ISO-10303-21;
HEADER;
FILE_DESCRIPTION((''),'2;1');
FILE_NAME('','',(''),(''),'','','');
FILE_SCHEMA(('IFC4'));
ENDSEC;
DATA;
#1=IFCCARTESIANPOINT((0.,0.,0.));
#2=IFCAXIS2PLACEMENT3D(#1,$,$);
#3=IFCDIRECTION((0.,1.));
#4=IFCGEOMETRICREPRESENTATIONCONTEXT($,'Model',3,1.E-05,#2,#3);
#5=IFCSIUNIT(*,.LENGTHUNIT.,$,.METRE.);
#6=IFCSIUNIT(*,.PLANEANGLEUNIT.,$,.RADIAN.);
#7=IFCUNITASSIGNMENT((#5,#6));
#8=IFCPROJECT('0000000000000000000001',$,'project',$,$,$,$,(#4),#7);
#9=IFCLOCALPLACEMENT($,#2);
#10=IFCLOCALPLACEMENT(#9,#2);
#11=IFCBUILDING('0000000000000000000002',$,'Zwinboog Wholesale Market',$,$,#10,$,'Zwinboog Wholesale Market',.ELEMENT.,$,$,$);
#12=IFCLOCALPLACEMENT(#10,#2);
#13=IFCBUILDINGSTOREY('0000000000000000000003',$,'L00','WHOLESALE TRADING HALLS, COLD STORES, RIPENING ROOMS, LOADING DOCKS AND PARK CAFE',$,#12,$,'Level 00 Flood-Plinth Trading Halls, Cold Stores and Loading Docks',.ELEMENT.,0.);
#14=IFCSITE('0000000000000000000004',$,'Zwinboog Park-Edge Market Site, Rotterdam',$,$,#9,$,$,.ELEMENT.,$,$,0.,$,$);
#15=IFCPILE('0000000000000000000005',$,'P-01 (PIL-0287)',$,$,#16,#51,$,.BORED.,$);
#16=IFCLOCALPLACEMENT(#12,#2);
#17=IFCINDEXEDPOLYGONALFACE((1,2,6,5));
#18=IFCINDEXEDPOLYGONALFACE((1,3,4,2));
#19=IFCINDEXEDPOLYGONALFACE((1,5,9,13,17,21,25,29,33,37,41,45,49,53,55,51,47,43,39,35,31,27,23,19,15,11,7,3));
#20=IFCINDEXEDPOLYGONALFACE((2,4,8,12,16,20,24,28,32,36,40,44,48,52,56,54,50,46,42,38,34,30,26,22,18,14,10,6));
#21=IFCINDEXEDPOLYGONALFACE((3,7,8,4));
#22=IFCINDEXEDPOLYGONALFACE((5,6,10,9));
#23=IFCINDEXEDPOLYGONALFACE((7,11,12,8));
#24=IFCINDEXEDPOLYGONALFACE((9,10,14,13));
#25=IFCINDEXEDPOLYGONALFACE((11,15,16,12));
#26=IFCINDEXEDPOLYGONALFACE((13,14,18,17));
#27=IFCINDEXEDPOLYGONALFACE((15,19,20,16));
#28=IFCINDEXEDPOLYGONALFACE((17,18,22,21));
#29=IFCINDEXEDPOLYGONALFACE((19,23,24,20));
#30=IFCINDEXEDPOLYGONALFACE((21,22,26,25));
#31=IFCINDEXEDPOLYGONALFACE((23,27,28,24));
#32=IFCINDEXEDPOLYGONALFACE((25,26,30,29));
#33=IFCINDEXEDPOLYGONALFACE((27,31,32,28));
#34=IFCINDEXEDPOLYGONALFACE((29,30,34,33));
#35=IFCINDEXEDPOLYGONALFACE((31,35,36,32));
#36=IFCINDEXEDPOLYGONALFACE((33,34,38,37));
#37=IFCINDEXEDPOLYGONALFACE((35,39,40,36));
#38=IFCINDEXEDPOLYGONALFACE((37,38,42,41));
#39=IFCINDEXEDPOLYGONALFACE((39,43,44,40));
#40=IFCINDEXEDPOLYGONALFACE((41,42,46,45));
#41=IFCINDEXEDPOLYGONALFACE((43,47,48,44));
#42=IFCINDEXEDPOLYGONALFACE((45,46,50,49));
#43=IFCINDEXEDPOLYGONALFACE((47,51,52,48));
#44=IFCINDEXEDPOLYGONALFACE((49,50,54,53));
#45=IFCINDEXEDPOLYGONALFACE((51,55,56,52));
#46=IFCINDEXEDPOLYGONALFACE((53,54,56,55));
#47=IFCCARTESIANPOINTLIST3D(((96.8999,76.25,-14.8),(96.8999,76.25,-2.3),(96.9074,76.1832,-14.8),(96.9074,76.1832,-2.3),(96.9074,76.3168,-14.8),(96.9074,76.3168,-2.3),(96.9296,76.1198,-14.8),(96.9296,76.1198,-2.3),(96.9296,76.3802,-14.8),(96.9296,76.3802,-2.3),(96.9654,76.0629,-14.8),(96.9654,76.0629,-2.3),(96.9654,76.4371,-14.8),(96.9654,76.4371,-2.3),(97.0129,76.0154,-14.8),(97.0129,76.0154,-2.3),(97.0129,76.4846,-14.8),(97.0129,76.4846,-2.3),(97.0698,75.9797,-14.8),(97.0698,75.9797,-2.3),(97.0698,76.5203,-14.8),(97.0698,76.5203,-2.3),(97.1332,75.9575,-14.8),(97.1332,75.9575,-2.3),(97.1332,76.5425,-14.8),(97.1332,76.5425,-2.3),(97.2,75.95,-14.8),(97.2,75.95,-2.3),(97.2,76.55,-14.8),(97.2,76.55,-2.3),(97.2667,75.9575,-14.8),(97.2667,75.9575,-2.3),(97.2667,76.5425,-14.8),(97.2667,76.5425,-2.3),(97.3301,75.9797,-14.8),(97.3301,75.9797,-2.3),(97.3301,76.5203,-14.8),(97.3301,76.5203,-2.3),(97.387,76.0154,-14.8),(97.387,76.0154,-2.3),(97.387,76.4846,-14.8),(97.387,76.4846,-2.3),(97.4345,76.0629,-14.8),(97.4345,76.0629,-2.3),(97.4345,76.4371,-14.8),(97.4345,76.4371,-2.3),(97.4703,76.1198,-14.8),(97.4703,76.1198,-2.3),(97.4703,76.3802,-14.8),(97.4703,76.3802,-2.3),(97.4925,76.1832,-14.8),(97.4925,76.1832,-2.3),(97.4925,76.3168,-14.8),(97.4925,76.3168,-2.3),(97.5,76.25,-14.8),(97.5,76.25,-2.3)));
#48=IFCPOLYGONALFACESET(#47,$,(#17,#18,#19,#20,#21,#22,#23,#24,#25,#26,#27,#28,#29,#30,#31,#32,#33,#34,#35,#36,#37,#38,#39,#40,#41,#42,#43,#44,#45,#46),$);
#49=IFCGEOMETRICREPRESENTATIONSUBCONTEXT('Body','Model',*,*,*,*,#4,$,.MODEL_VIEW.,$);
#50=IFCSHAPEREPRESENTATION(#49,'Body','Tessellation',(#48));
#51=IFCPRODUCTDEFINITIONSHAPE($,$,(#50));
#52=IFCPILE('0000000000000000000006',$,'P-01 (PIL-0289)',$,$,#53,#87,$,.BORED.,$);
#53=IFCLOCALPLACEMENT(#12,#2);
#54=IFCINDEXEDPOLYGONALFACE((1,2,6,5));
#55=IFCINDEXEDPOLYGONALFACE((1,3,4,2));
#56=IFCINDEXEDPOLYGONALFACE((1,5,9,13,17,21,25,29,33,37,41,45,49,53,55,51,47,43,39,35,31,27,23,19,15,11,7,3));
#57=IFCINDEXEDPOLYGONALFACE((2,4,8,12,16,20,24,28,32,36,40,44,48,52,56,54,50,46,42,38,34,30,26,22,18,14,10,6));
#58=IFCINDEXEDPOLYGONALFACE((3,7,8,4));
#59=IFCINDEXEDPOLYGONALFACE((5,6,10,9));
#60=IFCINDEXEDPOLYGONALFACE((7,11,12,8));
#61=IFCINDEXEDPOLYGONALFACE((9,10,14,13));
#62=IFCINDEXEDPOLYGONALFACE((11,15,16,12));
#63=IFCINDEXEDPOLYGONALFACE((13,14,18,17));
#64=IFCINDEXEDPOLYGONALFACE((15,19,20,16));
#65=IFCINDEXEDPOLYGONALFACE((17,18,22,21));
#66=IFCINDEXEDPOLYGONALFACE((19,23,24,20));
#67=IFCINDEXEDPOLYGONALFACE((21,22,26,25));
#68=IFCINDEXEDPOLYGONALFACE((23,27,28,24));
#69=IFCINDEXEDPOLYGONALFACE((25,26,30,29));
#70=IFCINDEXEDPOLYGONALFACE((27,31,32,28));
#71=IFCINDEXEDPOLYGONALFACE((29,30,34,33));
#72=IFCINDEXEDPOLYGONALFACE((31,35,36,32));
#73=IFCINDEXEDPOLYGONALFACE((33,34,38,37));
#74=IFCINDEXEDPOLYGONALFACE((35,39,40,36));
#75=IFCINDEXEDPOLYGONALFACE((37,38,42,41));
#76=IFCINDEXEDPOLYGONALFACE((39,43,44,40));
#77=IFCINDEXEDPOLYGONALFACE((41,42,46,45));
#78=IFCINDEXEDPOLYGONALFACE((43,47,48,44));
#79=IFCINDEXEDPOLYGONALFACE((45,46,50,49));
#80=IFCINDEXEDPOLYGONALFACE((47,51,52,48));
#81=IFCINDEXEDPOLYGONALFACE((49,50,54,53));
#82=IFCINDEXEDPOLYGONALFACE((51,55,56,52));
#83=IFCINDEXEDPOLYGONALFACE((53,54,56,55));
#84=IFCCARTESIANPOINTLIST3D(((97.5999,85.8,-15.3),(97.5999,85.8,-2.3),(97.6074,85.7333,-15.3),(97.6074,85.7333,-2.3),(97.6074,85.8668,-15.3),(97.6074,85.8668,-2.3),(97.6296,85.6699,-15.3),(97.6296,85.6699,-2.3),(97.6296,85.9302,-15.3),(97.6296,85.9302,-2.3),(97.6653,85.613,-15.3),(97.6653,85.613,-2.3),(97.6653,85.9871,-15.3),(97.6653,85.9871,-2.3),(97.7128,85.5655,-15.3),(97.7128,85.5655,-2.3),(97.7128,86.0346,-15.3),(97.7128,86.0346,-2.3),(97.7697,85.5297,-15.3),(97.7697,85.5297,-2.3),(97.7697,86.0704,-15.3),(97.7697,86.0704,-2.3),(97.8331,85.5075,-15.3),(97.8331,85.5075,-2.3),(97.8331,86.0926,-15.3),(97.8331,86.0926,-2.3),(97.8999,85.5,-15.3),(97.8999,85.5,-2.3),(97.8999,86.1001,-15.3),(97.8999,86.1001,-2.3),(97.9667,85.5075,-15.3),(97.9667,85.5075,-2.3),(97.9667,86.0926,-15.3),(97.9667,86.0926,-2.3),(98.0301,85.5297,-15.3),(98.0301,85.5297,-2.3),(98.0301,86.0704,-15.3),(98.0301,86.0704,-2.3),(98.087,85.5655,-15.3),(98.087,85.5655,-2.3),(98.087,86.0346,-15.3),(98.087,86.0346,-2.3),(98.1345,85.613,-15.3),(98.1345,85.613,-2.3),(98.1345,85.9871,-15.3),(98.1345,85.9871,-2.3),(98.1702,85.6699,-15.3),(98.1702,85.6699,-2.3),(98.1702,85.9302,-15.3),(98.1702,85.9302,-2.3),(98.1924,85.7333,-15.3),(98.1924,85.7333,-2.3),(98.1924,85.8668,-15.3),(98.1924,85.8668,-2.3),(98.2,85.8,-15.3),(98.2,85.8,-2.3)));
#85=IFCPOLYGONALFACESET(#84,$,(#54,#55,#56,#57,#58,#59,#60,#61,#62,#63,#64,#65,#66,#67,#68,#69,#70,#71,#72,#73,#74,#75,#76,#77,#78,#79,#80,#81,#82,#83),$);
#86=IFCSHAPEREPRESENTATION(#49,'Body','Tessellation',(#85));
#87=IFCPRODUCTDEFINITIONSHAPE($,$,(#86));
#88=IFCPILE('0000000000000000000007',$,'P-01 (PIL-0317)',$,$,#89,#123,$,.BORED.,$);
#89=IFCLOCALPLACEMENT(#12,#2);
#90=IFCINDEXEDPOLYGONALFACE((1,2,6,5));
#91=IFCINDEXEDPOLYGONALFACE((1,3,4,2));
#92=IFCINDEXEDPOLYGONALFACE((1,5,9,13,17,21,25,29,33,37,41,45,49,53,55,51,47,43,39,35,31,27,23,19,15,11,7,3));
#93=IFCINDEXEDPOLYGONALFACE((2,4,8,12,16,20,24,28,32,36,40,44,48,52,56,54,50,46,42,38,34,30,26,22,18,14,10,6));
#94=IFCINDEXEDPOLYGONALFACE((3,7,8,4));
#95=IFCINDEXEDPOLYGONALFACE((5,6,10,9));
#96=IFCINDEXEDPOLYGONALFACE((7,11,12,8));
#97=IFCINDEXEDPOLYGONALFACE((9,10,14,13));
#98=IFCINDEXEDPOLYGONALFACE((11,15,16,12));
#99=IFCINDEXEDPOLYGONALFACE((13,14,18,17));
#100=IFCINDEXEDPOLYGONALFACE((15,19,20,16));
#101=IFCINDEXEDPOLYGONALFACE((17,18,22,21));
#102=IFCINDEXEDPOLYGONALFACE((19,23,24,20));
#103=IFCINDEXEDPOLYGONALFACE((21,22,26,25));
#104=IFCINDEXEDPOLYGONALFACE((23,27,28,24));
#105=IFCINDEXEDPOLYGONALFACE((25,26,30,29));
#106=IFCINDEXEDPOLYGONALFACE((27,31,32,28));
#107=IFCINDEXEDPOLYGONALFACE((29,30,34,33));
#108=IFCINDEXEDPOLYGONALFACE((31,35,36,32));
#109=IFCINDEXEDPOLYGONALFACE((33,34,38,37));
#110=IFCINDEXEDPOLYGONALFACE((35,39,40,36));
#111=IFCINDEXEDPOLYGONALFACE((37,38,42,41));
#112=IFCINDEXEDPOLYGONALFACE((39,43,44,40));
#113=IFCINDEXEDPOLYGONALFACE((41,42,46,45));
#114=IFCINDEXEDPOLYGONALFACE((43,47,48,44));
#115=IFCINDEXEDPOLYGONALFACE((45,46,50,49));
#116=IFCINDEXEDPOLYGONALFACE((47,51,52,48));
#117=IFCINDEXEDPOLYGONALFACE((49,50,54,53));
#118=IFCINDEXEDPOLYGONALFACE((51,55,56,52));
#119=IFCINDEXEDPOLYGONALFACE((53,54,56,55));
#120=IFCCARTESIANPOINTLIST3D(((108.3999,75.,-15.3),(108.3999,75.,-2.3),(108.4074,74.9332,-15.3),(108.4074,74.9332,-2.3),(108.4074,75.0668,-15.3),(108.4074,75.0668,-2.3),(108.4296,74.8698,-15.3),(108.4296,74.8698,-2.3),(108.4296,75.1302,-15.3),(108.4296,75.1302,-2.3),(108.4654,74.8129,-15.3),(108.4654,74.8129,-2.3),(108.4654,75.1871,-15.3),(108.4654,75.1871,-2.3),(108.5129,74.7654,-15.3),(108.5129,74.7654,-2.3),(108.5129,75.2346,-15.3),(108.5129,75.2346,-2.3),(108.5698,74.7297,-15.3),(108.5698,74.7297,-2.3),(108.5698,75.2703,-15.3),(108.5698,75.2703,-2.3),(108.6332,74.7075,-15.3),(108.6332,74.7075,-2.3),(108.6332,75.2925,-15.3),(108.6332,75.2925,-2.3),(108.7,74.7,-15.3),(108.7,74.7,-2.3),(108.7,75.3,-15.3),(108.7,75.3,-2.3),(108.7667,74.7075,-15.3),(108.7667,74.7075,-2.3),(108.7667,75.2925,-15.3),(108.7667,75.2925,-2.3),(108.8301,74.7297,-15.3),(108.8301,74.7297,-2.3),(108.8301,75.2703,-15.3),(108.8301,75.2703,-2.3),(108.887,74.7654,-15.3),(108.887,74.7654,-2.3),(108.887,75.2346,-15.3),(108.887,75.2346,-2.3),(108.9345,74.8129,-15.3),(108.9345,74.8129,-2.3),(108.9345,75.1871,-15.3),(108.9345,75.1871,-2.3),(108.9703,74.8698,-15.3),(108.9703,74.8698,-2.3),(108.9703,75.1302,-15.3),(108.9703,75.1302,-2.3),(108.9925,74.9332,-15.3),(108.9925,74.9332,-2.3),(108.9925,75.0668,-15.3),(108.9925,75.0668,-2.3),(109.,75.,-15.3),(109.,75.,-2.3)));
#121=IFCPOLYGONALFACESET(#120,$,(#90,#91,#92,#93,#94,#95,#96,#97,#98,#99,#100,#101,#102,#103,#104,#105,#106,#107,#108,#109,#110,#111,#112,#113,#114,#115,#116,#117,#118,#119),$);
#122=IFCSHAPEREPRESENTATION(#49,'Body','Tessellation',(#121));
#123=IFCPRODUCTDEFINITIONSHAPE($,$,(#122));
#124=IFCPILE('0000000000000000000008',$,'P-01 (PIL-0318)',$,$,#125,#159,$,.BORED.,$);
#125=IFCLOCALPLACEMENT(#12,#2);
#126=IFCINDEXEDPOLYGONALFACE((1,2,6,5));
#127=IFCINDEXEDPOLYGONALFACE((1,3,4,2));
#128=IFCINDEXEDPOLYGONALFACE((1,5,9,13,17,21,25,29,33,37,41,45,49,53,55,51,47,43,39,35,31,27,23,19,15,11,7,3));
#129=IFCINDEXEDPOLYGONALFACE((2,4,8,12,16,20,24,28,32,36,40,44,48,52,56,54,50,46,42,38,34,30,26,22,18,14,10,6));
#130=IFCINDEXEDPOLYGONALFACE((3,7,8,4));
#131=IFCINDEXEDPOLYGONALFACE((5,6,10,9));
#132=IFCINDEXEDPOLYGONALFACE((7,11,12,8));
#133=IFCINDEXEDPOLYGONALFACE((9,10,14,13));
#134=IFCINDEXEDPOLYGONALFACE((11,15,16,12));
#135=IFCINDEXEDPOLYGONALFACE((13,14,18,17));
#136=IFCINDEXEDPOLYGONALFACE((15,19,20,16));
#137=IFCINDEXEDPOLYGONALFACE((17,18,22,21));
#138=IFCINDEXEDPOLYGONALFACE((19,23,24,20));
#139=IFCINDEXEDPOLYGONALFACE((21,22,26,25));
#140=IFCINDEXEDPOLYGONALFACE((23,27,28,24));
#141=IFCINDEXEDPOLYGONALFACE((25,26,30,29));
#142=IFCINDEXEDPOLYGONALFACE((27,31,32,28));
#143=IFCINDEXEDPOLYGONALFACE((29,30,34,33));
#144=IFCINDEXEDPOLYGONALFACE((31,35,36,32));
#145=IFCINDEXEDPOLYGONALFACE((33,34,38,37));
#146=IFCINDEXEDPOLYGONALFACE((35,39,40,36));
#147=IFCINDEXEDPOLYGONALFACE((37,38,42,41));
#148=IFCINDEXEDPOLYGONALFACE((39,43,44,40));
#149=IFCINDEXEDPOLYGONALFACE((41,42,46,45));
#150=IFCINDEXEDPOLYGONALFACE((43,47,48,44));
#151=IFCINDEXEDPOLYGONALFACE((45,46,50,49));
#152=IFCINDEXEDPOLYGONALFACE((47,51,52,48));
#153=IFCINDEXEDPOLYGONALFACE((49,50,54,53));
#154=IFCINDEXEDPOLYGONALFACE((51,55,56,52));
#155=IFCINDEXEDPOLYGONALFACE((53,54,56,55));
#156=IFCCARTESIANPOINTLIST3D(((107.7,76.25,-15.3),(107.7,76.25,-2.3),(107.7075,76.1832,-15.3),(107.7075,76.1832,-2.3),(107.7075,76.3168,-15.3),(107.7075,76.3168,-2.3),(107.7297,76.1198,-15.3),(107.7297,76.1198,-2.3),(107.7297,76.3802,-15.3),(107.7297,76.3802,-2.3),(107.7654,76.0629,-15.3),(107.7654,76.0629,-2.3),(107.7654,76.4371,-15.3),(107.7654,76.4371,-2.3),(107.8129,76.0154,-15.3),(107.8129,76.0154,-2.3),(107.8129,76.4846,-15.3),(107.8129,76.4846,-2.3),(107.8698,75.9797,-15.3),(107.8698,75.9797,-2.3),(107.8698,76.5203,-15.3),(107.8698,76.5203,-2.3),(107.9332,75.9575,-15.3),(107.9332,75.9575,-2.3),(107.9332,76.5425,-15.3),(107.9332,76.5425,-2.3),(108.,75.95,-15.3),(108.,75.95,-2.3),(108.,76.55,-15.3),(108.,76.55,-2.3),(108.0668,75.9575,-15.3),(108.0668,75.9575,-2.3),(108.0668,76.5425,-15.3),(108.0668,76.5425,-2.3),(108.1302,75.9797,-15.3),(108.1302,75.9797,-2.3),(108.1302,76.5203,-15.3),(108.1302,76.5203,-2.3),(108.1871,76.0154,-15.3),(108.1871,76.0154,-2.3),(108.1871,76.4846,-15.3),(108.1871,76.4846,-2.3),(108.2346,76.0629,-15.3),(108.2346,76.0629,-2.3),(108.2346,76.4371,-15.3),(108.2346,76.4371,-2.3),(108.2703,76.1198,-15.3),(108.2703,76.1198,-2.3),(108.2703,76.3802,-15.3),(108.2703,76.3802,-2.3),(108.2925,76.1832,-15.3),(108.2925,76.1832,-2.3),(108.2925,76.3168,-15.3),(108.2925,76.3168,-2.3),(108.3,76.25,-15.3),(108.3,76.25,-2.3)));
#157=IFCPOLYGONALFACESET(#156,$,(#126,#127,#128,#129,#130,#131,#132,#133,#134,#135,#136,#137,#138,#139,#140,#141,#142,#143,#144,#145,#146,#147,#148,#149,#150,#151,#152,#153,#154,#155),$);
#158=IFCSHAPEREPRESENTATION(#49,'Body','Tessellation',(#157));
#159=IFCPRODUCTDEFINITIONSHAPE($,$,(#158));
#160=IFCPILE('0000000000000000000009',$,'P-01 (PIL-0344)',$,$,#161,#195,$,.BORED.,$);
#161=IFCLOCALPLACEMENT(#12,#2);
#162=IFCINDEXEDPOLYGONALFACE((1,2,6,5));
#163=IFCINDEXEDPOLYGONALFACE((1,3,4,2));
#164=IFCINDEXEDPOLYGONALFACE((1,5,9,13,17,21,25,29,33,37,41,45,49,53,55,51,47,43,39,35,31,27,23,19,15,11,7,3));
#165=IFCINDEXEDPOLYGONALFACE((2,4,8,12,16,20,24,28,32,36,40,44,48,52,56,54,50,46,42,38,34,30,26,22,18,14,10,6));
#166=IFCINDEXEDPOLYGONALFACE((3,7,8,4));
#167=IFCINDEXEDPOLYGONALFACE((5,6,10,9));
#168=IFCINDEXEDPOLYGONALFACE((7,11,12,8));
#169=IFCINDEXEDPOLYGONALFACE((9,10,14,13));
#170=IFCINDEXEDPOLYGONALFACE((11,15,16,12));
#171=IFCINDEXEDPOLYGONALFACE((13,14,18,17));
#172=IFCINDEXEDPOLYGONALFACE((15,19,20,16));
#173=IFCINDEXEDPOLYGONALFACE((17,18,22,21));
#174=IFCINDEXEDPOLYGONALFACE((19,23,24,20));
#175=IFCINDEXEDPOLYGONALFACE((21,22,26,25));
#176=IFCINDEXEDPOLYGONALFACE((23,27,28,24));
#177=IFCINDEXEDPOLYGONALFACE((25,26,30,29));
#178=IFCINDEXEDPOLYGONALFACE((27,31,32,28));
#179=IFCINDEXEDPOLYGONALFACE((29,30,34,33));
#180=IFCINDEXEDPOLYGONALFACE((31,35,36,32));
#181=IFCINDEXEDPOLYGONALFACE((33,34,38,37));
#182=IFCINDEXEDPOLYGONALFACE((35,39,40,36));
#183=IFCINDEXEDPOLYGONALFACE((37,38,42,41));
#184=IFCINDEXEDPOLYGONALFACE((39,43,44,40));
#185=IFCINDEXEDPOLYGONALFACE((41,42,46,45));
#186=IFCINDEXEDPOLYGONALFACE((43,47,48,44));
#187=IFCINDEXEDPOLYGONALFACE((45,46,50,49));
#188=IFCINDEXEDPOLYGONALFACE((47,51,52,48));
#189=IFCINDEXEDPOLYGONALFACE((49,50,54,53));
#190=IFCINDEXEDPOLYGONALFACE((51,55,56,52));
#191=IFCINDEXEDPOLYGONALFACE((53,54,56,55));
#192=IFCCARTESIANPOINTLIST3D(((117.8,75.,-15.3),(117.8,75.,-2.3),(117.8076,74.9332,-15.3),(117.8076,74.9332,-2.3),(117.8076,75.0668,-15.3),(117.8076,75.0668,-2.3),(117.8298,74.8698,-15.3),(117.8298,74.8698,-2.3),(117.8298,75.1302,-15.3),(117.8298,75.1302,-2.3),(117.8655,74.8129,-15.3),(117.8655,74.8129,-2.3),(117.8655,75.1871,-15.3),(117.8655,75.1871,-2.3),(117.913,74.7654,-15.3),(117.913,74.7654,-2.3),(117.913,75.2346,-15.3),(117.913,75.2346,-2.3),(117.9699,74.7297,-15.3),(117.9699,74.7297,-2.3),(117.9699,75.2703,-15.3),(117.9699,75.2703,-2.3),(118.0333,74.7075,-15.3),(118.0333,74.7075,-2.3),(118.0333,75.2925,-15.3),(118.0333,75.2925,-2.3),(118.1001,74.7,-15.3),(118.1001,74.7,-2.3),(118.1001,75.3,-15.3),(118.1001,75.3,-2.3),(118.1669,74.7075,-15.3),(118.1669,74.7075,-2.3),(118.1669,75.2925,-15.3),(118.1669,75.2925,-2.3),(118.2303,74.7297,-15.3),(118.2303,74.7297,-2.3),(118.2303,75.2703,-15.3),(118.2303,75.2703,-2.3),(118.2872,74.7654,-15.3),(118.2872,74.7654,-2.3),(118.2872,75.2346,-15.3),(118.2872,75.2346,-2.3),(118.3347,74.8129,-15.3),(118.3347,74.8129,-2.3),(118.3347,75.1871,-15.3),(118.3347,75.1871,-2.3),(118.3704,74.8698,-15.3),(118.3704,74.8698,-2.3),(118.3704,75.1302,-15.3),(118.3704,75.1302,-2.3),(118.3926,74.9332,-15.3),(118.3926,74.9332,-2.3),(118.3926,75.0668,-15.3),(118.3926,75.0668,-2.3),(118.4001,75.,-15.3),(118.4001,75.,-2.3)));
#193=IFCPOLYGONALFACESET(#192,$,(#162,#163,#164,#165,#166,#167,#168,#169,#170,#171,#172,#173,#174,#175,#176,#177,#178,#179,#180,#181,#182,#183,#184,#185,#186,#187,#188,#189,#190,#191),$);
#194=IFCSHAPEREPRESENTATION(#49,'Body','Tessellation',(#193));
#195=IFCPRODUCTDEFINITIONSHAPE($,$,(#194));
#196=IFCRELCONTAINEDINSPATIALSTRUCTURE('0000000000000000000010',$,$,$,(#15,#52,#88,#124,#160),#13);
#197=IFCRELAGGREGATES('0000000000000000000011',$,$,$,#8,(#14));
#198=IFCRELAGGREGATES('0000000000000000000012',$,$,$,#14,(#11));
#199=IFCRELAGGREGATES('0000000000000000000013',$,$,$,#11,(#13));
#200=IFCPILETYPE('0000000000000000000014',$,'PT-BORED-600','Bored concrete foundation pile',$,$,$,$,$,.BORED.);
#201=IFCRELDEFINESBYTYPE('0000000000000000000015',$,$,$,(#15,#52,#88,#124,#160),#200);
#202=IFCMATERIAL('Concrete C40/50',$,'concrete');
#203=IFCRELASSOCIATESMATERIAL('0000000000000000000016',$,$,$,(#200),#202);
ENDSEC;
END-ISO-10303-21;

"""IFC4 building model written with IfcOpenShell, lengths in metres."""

from ifc_helpers import new_model, si_unit, direction, frame, origin, origin_2d, place, context, subcontext, project, spatial, circle, extrude, material, material_profile, profile_set, type_object, element, save


model = new_model("IFC4")

# Units and contexts
model_context = context("Model", 3, precision=1e-05, world=origin(), true_north=direction((0.0, 1.0)))
body_context = subcontext(model_context, "Body", "Model", "MODEL_VIEW")
ifc_project = project(units=[si_unit("LENGTHUNIT", "METRE"), si_unit("PLANEANGLEUNIT", "RADIAN")], contexts=[model_context])

# Site, building, storey
site_placement = place(None, origin())
site = spatial("IfcSite", under=ifc_project, at=site_placement, Name="Zwinboog Park-Edge Market Site, Rotterdam", CompositionType="ELEMENT", RefElevation=0.0)
building_placement = place(site_placement, origin())
building = spatial("IfcBuilding", under=site, at=building_placement, Name="Zwinboog Wholesale Market", LongName="Zwinboog Wholesale Market", CompositionType="ELEMENT")
storey_placement = place(building_placement, origin())
storey = spatial("IfcBuildingStorey", under=building, at=storey_placement, Name="L00", Description="WHOLESALE TRADING HALLS, COLD STORES, RIPENING ROOMS, LOADING DOCKS AND PARK CAFE", LongName="Level 00 Flood-Plinth Trading Halls, Cold Stores and Loading Docks", CompositionType="ELEMENT", Elevation=0.0)

# Piles
ifc_material_1 = material(Name="Concrete C40/50", Category="concrete")
ifc_material_profile_1 = material_profile(ifc_material_1, circle(Radius=0.3, at=origin_2d()), Name="PILE D600")
ifc_profile_set_1 = profile_set([ifc_material_profile_1], Name="Concrete C40/50")
pile_type = type_object("IfcPileType", Name="PT-BORED-600", Description="Bored concrete foundation pile", PredefinedType="BORED", material=ifc_profile_set_1)
pile_placement = place(storey_placement, frame((97.2, 76.25, -2.3), z_axis=(0.0, 0.0, -1.0), x_axis=(1.0, 0.0, 0.0)))
element("IfcPile", 1, at=pile_placement, inside=storey, type_object=pile_type, Name="P-01 (PIL-0287)", PredefinedType="BORED", context=body_context, shape_type="SweptSolid", body=[
    extrude(circle(Radius=0.3, at=origin_2d()), origin(), (0.0, 0.0, 1.0), 12.5),
])
for number, where, z_axis, x_axis, name in (
    (2, (97.8999, 85.8, -2.3), (0.0, 0.0, -1.0), (1.0, 0.0, 0.0), "P-01 (PIL-0289)"),
    (3, (108.7, 75.0, -2.3), (0.0, 0.0, -1.0), (1.0, 0.0, 0.0), "P-01 (PIL-0317)"),
    (4, (108.0, 76.25, -2.3), (0.0, 0.0, -1.0), (1.0, 0.0, 0.0), "P-01 (PIL-0318)"),
    (5, (118.1001, 75.0, -2.3), (0.0, 0.0, -1.0), (1.0, 0.0, 0.0), "P-01 (PIL-0344)"),
):
    element("IfcPile", number, at=place(storey_placement, frame(where, z_axis=z_axis, x_axis=x_axis)), inside=storey, type_object=pile_type, Name=name, PredefinedType="BORED", context=body_context, shape_type="SweptSolid", body=[
        extrude(circle(Radius=0.3, at=origin_2d()), origin(), (0.0, 0.0, 1.0), 13.0),
    ])

save(model, "model.ifc")
